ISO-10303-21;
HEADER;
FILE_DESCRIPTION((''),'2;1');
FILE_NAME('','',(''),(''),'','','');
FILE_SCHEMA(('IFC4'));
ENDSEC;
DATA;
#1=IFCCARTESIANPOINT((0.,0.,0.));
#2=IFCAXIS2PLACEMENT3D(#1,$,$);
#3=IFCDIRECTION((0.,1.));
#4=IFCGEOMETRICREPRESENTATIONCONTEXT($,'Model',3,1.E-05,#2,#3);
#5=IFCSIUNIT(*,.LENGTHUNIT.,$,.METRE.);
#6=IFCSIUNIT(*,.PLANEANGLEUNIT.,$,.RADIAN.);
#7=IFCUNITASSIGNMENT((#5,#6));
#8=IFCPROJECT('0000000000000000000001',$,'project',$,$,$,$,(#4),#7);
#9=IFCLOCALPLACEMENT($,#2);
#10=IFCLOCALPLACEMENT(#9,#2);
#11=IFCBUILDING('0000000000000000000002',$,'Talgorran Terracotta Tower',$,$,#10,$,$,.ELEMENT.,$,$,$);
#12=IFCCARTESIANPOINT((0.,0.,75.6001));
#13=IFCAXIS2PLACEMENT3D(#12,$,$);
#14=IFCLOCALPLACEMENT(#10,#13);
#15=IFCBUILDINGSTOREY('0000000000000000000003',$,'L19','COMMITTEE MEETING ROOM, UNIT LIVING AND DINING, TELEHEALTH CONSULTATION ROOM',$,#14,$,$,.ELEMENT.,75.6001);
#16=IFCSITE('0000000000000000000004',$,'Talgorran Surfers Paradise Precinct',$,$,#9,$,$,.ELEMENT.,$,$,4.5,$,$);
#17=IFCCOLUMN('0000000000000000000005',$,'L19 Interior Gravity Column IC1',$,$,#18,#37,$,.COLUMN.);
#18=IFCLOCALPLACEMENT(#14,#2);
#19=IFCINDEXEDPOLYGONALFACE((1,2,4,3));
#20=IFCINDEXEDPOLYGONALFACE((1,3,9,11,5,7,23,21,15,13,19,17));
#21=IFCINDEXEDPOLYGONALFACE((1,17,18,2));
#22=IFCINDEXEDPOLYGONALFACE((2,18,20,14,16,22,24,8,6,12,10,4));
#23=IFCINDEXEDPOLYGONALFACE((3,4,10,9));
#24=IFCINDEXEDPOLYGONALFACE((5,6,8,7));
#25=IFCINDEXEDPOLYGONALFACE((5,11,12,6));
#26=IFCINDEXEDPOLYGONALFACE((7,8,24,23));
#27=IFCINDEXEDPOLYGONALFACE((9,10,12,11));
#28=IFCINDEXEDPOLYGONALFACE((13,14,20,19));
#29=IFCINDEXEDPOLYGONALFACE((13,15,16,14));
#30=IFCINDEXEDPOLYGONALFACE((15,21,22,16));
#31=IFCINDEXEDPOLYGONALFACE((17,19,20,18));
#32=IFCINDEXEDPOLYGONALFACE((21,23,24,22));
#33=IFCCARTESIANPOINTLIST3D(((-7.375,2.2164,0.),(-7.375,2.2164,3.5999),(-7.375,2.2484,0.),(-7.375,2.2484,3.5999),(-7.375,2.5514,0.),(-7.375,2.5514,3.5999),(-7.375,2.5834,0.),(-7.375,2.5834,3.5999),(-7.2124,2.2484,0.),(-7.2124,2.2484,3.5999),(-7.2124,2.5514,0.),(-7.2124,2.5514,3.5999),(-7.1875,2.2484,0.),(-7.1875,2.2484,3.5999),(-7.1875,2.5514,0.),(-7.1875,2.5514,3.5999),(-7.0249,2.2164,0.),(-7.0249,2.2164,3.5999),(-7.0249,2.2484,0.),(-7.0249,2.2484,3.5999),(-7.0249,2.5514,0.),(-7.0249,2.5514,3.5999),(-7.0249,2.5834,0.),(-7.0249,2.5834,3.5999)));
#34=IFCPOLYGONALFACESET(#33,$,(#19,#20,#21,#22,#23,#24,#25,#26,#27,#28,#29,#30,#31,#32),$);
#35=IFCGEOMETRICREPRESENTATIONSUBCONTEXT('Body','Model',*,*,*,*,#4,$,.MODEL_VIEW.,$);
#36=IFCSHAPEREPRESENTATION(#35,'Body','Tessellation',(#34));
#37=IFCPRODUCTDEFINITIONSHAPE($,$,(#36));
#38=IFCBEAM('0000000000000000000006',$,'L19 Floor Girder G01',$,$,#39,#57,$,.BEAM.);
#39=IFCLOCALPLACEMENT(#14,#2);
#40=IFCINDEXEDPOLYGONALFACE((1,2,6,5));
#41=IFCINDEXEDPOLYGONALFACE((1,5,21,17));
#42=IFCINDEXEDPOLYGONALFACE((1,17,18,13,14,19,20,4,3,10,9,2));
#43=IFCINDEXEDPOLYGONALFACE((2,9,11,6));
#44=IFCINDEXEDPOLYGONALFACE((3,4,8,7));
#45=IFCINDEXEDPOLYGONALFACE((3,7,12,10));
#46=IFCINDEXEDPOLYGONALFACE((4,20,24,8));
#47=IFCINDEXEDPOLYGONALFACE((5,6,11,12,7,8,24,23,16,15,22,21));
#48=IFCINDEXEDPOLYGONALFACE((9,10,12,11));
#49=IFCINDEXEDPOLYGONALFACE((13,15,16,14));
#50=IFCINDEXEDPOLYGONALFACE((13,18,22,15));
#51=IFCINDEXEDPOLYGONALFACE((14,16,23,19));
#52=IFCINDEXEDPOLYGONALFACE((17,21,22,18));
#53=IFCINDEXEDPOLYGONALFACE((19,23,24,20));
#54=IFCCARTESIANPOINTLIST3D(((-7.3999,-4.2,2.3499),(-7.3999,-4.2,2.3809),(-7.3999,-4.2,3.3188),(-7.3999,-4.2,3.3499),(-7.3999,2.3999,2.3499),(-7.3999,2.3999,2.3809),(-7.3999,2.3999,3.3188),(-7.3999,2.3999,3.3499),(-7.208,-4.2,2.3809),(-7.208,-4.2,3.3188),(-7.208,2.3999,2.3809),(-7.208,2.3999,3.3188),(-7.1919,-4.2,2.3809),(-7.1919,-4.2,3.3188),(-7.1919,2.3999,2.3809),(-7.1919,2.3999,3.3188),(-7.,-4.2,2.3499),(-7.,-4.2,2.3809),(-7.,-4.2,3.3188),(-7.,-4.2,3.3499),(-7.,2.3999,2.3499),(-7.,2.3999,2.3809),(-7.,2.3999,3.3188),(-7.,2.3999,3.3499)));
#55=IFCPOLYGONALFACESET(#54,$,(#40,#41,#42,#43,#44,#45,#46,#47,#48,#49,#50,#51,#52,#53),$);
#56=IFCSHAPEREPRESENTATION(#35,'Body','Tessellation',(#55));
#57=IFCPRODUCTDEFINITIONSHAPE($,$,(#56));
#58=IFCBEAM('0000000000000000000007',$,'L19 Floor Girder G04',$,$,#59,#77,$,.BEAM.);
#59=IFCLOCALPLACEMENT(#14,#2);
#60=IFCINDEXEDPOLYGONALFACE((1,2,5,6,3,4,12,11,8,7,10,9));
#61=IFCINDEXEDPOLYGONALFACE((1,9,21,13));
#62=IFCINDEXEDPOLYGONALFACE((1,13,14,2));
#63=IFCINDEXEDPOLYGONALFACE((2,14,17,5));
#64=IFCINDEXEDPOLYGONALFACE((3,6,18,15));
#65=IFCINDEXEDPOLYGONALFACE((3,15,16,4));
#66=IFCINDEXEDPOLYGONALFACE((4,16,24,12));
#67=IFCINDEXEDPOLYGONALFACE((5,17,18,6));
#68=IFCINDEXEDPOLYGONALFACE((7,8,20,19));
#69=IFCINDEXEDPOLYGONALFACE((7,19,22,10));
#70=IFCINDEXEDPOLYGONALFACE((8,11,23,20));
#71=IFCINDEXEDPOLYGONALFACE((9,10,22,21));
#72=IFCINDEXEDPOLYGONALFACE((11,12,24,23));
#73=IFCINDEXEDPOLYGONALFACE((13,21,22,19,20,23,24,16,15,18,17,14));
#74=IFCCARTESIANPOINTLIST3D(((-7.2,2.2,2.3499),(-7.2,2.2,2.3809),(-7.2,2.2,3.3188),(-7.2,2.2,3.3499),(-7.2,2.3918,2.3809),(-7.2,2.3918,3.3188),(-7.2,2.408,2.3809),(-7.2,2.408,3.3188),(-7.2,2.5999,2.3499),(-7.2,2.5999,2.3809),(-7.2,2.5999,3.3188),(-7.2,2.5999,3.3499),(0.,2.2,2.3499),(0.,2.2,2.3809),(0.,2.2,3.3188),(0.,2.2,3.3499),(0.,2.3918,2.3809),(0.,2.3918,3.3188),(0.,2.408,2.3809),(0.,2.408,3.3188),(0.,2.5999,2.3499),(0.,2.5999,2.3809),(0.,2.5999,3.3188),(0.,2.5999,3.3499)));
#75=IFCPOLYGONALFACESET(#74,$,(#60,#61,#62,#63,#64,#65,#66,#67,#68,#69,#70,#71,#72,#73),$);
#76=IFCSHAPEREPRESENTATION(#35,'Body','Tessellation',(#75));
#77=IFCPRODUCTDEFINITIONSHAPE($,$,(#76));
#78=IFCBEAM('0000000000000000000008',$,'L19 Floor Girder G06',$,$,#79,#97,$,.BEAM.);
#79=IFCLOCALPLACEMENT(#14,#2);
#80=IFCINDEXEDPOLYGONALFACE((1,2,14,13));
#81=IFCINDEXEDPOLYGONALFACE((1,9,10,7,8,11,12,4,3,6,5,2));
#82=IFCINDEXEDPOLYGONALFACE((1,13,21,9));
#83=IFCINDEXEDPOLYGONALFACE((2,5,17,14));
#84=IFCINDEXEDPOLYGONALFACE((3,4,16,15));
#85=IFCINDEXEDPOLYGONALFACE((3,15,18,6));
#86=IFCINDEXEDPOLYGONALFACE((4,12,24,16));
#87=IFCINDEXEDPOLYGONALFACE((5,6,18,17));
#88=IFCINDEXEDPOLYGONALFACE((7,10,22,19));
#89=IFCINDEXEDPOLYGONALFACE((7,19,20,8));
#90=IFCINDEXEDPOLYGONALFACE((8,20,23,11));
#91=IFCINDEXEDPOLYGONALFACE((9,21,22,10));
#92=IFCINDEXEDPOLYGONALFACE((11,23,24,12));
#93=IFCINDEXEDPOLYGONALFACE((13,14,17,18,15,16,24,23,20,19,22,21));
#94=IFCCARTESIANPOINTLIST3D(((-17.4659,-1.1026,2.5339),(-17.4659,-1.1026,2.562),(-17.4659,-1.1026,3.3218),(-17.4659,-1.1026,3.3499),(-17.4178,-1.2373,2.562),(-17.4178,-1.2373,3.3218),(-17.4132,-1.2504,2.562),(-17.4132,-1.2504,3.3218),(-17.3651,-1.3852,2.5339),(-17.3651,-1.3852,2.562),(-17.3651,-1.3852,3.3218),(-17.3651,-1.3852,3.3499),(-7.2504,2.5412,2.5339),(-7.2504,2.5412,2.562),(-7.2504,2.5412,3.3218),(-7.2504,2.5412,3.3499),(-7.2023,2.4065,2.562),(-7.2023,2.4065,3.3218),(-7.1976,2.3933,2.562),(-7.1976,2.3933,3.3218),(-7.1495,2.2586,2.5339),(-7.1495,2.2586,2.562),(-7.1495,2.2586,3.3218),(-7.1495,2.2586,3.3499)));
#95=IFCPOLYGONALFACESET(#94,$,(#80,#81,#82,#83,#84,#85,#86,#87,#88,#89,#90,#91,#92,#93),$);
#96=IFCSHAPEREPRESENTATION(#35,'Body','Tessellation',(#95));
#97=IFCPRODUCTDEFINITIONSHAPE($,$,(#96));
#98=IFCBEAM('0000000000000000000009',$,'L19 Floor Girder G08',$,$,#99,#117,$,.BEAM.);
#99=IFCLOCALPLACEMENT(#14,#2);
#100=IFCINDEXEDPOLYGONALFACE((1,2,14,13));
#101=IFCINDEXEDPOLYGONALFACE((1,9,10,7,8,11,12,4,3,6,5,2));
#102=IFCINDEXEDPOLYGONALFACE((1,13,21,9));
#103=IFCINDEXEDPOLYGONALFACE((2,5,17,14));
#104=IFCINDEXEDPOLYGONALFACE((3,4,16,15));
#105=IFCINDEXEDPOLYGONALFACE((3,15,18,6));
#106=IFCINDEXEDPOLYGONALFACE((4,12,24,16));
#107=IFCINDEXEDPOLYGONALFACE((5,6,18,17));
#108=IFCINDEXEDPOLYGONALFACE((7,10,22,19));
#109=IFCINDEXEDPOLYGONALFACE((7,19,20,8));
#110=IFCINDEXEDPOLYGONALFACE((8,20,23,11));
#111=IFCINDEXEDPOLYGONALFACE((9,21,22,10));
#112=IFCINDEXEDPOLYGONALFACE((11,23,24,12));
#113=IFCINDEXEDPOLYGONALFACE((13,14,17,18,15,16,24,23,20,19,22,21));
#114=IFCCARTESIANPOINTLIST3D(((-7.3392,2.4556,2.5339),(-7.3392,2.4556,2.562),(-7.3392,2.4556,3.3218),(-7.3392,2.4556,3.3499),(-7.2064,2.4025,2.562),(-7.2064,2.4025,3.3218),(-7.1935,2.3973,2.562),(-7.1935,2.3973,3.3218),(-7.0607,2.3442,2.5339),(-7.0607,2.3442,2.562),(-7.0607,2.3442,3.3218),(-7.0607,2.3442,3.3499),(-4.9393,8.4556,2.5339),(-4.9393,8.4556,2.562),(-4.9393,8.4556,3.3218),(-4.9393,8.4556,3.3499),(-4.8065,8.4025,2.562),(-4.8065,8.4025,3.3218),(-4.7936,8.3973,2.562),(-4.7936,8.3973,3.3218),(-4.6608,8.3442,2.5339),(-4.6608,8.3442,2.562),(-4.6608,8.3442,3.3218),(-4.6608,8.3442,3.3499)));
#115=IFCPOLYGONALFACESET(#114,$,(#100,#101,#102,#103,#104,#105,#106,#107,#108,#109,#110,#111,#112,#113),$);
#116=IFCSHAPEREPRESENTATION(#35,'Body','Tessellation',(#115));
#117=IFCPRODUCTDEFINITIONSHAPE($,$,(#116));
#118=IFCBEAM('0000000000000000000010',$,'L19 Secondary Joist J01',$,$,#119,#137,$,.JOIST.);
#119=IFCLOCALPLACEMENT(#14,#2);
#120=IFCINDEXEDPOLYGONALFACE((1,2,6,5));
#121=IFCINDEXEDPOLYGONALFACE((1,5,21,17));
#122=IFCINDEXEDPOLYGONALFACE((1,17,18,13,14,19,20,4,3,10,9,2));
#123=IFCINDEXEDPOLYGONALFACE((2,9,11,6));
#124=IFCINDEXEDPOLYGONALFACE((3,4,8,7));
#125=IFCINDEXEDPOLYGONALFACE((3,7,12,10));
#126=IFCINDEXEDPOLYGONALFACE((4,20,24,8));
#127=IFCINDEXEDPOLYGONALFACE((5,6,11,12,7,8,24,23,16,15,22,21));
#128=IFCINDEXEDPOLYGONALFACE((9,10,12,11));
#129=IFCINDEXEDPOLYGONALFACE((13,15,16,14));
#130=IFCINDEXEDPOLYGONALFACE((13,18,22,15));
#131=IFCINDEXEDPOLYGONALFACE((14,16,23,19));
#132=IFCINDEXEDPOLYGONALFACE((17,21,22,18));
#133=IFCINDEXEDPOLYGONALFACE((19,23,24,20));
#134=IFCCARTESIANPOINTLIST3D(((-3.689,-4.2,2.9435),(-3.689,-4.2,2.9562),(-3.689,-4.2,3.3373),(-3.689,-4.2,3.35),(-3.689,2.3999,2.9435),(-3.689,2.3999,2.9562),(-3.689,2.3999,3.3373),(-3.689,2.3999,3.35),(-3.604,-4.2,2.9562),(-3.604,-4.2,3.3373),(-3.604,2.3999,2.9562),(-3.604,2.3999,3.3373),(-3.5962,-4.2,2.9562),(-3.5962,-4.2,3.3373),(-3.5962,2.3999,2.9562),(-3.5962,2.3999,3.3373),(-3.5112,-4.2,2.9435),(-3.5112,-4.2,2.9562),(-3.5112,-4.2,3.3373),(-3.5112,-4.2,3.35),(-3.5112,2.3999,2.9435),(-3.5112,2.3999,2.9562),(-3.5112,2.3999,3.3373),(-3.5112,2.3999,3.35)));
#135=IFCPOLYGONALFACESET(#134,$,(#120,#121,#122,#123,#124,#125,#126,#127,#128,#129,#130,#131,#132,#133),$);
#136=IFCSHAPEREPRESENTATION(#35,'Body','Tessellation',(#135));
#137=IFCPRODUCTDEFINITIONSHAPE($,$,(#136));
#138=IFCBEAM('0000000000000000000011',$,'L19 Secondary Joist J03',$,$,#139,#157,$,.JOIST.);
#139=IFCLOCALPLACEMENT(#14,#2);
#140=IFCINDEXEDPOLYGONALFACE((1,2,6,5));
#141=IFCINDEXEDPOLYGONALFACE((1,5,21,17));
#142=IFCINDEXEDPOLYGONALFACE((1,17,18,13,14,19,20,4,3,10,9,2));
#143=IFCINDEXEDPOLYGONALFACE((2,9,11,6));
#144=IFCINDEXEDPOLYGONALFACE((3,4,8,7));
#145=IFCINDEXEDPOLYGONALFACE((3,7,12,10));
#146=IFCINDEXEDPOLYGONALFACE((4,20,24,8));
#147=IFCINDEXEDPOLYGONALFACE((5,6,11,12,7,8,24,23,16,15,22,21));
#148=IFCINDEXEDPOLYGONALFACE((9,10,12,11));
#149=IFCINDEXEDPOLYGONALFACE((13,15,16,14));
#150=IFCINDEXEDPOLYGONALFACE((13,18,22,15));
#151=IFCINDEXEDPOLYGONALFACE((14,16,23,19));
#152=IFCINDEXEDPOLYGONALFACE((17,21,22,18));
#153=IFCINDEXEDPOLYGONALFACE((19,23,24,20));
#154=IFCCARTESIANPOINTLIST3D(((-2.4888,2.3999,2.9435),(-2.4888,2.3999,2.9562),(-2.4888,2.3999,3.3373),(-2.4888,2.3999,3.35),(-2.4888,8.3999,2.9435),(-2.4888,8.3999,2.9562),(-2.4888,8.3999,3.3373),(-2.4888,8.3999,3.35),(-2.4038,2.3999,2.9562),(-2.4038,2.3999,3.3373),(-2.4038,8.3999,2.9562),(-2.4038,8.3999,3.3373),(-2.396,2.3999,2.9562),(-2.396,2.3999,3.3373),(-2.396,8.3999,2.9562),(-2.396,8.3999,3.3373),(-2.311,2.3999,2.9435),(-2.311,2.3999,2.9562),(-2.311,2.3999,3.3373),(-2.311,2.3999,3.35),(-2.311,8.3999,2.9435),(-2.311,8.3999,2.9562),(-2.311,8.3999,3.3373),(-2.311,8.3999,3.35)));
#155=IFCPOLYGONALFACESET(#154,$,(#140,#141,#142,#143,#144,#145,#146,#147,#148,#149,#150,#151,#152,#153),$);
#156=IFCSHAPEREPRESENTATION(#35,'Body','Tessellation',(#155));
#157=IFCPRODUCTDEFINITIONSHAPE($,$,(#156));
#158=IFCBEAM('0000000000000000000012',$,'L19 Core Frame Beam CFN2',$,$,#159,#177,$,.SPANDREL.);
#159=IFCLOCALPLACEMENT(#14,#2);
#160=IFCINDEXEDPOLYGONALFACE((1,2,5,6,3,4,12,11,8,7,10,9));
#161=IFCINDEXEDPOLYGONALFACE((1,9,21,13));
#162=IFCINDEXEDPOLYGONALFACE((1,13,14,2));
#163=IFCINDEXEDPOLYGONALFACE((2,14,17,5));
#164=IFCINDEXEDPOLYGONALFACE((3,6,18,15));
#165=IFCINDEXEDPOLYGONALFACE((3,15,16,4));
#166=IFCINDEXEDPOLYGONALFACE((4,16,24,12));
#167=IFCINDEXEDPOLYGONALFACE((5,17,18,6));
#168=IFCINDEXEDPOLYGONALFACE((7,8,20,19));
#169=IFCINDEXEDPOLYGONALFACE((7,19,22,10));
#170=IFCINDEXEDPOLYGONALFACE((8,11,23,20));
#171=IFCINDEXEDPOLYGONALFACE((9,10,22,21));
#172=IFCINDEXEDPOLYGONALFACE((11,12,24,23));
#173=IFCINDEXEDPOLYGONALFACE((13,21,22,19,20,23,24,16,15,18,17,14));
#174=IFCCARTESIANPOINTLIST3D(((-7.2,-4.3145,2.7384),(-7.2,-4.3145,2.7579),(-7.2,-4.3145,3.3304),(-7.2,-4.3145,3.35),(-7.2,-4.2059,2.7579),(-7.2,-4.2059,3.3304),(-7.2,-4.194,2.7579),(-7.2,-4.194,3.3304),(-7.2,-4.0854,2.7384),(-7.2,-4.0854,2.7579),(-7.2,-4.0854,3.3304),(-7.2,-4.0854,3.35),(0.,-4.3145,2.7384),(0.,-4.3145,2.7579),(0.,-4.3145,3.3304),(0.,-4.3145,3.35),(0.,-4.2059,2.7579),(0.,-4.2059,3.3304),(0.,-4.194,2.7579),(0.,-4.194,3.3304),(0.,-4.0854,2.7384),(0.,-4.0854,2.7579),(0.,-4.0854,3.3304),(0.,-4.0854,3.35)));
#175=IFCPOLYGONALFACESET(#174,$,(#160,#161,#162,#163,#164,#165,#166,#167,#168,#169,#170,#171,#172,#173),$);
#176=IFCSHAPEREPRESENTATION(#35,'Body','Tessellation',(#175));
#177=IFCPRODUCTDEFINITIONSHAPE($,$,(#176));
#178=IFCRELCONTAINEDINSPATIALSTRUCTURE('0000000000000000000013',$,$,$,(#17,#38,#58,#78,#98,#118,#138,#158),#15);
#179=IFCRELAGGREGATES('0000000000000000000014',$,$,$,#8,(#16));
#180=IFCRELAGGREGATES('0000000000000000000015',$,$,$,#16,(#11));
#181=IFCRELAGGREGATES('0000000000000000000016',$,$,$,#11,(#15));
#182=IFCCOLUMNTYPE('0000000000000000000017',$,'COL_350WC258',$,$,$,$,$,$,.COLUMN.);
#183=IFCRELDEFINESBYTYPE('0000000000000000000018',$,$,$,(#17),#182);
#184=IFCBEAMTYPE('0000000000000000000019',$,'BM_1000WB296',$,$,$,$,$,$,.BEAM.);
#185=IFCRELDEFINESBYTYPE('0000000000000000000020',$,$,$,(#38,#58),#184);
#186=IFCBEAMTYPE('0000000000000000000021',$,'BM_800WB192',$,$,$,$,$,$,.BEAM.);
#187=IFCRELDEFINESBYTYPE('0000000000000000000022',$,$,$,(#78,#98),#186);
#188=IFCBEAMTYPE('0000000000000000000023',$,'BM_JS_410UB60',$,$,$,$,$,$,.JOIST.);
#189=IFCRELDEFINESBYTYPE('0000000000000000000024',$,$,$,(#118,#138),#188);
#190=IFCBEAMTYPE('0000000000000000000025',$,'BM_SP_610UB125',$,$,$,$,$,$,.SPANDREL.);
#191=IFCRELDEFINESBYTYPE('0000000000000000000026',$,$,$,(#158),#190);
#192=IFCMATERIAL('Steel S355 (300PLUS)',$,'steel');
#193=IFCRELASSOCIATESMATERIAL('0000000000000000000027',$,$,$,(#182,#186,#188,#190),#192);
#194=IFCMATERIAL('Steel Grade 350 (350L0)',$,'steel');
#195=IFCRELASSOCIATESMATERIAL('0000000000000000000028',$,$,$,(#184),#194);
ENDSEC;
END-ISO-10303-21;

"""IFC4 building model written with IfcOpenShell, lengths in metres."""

from ifc_helpers import new_model, si_unit, direction, frame, origin, origin_2d, place, context, subcontext, project, spatial, i_section, extrude, material, material_profile, profile_set, type_object, element, save


model = new_model("IFC4")

# Units and contexts
model_context = context("Model", 3, precision=1e-05, world=origin(), true_north=direction((0.0, 1.0)))
body_context = subcontext(model_context, "Body", "Model", "MODEL_VIEW")
ifc_project = project(units=[si_unit("LENGTHUNIT", "METRE"), si_unit("PLANEANGLEUNIT", "RADIAN")], contexts=[model_context])

# Site, building, storey
site_placement = place(None, origin())
site = spatial("IfcSite", under=ifc_project, at=site_placement, Name="Talgorran Surfers Paradise Precinct", CompositionType="ELEMENT", RefElevation=4.5)
building_placement = place(site_placement, origin())
building = spatial("IfcBuilding", under=site, at=building_placement, Name="Talgorran Terracotta Tower", CompositionType="ELEMENT")
storey_placement = place(building_placement, frame((0.0, 0.0, 75.6001)))
storey = spatial("IfcBuildingStorey", under=building, at=storey_placement, Name="L19", Description="COMMITTEE MEETING ROOM, UNIT LIVING AND DINING, TELEHEALTH CONSULTATION ROOM", CompositionType="ELEMENT", Elevation=75.6001)

# Column
ifc_material_1 = material(Name="Steel S355 (300PLUS)", Category="steel")
ifc_material_profile_1 = material_profile(ifc_material_1, i_section(OverallWidth=0.3501, OverallDepth=0.3669, WebThickness=0.0249, FlangeThickness=0.032, at=origin_2d()), Name="350WC258")
ifc_profile_set_1 = profile_set([ifc_material_profile_1], Name="Steel S355 (300PLUS)")
column_type = type_object("IfcColumnType", Name="COL_350WC258", PredefinedType="COLUMN", material=ifc_profile_set_1)
column_placement = place(storey_placement, frame((-7.2, 2.3999, 0.0), z_axis=(0.0, 0.0, 1.0), x_axis=(1.0, 0.0, 0.0)))
element("IfcColumn", 1, at=column_placement, inside=storey, type_object=column_type, Name="L19 Interior Gravity Column IC1", PredefinedType="COLUMN", context=body_context, shape_type="SweptSolid", body=[
    extrude(i_section(OverallWidth=0.3501, OverallDepth=0.3669, WebThickness=0.0249, FlangeThickness=0.032, at=origin_2d()), origin(), (0.0, 0.0, 1.0), 3.5999),
])

# Beams
ifc_material_2 = material(Name="Steel Grade 350 (350L0)", Category="steel")
ifc_material_profile_2 = material_profile(ifc_material_2, i_section(OverallWidth=0.3999, OverallDepth=1.0, WebThickness=0.0161, FlangeThickness=0.031, at=origin_2d()), Name="1000WB296")
ifc_profile_set_2 = profile_set([ifc_material_profile_2], Name="Steel Grade 350 (350L0)")
beam_type_1 = type_object("IfcBeamType", Name="BM_1000WB296", PredefinedType="BEAM", material=ifc_profile_set_2)
beam_1_placement = place(storey_placement, frame((-7.2, -4.2, 2.8499), z_axis=(0.0, 1.0, 0.0), x_axis=(-1.0, 0.0, 0.0)))
element("IfcBeam", 2, at=beam_1_placement, inside=storey, type_object=beam_type_1, Name="L19 Floor Girder G01", PredefinedType="BEAM", context=body_context, shape_type="SweptSolid", body=[
    extrude(i_section(OverallWidth=0.3999, OverallDepth=1.0, WebThickness=0.0161, FlangeThickness=0.031, at=origin_2d()), origin(), (0.0, 0.0, 1.0), 6.5999),
])
beam_2_placement = place(storey_placement, frame((-7.2, 2.3999, 2.8499), z_axis=(1.0, 0.0, 0.0), x_axis=(0.0, 1.0, 0.0)))
element("IfcBeam", 3, at=beam_2_placement, inside=storey, type_object=beam_type_1, Name="L19 Floor Girder G04", PredefinedType="BEAM", context=body_context, shape_type="SweptSolid", body=[
    extrude(i_section(OverallWidth=0.3999, OverallDepth=1.0, WebThickness=0.0161, FlangeThickness=0.031, at=origin_2d()), origin(), (0.0, 0.0, 1.0), 7.2),
])
ifc_material_profile_3 = material_profile(ifc_material_1, i_section(OverallWidth=0.3, OverallDepth=0.8159, WebThickness=0.0139, FlangeThickness=0.0281, at=origin_2d()), Name="800WB192")
ifc_profile_set_3 = profile_set([ifc_material_profile_3], Name="Steel S355 (300PLUS)")
beam_type_2 = type_object("IfcBeamType", Name="BM_800WB192", PredefinedType="BEAM", material=ifc_profile_set_3)
beam_3_placement = place(storey_placement, frame((-7.2, 2.3999, 2.9419), z_axis=(-0.941877, -0.335958, 0.0), x_axis=(0.335958, -0.941877, 0.0)))
element("IfcBeam", 4, at=beam_3_placement, inside=storey, type_object=beam_type_2, Name="L19 Floor Girder G06", PredefinedType="BEAM", context=body_context, shape_type="SweptSolid", body=[
    extrude(i_section(OverallWidth=0.3, OverallDepth=0.8159, WebThickness=0.0139, FlangeThickness=0.0281, at=origin_2d()), origin(), (0.0, 0.0, 1.0), 10.8459),
])
beam_4_placement = place(storey_placement, frame((-7.2, 2.3999, 2.9419), z_axis=(0.371378, 0.928482, 0.0), x_axis=(-0.928482, 0.371378, 0.0)))
element("IfcBeam", 5, at=beam_4_placement, inside=storey, type_object=beam_type_2, Name="L19 Floor Girder G08", PredefinedType="BEAM", context=body_context, shape_type="SweptSolid", body=[
    extrude(i_section(OverallWidth=0.3, OverallDepth=0.8159, WebThickness=0.0139, FlangeThickness=0.0281, at=origin_2d()), origin(), (0.0, 0.0, 1.0), 6.4622),
])
ifc_material_profile_4 = material_profile(ifc_material_1, i_section(OverallWidth=0.1777, OverallDepth=0.4065, WebThickness=0.0078, FlangeThickness=0.0127, at=origin_2d()), Name="410UB59.7")
ifc_profile_set_4 = profile_set([ifc_material_profile_4], Name="Steel S355 (300PLUS)")
beam_type_3 = type_object("IfcBeamType", Name="BM_JS_410UB60", PredefinedType="JOIST", material=ifc_profile_set_4)
beam_5_placement = place(storey_placement, frame((-3.6001, -4.2, 3.1467), z_axis=(0.0, 1.0, 0.0), x_axis=(-1.0, 0.0, 0.0)))
element("IfcBeam", 6, at=beam_5_placement, inside=storey, type_object=beam_type_3, Name="L19 Secondary Joist J01", PredefinedType="JOIST", context=body_context, shape_type="SweptSolid", body=[
    extrude(i_section(OverallWidth=0.1777, OverallDepth=0.4065, WebThickness=0.0078, FlangeThickness=0.0127, at=origin_2d()), origin(), (0.0, 0.0, 1.0), 6.5999),
])
beam_6_placement = place(storey_placement, frame((-2.3999, 2.3999, 3.1467), z_axis=(0.0, 1.0, 0.0), x_axis=(-1.0, 0.0, 0.0)))
element("IfcBeam", 7, at=beam_6_placement, inside=storey, type_object=beam_type_3, Name="L19 Secondary Joist J03", PredefinedType="JOIST", context=body_context, shape_type="SweptSolid", body=[
    extrude(i_section(OverallWidth=0.1777, OverallDepth=0.4065, WebThickness=0.0078, FlangeThickness=0.0127, at=origin_2d()), origin(), (0.0, 0.0, 1.0), 6.0),
])
ifc_material_profile_5 = material_profile(ifc_material_1, i_section(OverallWidth=0.229, OverallDepth=0.6116, WebThickness=0.012, FlangeThickness=0.0195, at=origin_2d()), Name="610UB125")
ifc_profile_set_5 = profile_set([ifc_material_profile_5], Name="Steel S355 (300PLUS)")
beam_type_4 = type_object("IfcBeamType", Name="BM_SP_610UB125", PredefinedType="SPANDREL", material=ifc_profile_set_5)
beam_7_placement = place(storey_placement, frame((-7.2, -4.2, 3.0442), z_axis=(1.0, 0.0, 0.0), x_axis=(0.0, 1.0, 0.0)))
element("IfcBeam", 8, at=beam_7_placement, inside=storey, type_object=beam_type_4, Name="L19 Core Frame Beam CFN2", PredefinedType="SPANDREL", context=body_context, shape_type="SweptSolid", body=[
    extrude(i_section(OverallWidth=0.229, OverallDepth=0.6116, WebThickness=0.012, FlangeThickness=0.0195, at=origin_2d()), origin(), (0.0, 0.0, 1.0), 7.2),
])

save(model, "model.ifc")
